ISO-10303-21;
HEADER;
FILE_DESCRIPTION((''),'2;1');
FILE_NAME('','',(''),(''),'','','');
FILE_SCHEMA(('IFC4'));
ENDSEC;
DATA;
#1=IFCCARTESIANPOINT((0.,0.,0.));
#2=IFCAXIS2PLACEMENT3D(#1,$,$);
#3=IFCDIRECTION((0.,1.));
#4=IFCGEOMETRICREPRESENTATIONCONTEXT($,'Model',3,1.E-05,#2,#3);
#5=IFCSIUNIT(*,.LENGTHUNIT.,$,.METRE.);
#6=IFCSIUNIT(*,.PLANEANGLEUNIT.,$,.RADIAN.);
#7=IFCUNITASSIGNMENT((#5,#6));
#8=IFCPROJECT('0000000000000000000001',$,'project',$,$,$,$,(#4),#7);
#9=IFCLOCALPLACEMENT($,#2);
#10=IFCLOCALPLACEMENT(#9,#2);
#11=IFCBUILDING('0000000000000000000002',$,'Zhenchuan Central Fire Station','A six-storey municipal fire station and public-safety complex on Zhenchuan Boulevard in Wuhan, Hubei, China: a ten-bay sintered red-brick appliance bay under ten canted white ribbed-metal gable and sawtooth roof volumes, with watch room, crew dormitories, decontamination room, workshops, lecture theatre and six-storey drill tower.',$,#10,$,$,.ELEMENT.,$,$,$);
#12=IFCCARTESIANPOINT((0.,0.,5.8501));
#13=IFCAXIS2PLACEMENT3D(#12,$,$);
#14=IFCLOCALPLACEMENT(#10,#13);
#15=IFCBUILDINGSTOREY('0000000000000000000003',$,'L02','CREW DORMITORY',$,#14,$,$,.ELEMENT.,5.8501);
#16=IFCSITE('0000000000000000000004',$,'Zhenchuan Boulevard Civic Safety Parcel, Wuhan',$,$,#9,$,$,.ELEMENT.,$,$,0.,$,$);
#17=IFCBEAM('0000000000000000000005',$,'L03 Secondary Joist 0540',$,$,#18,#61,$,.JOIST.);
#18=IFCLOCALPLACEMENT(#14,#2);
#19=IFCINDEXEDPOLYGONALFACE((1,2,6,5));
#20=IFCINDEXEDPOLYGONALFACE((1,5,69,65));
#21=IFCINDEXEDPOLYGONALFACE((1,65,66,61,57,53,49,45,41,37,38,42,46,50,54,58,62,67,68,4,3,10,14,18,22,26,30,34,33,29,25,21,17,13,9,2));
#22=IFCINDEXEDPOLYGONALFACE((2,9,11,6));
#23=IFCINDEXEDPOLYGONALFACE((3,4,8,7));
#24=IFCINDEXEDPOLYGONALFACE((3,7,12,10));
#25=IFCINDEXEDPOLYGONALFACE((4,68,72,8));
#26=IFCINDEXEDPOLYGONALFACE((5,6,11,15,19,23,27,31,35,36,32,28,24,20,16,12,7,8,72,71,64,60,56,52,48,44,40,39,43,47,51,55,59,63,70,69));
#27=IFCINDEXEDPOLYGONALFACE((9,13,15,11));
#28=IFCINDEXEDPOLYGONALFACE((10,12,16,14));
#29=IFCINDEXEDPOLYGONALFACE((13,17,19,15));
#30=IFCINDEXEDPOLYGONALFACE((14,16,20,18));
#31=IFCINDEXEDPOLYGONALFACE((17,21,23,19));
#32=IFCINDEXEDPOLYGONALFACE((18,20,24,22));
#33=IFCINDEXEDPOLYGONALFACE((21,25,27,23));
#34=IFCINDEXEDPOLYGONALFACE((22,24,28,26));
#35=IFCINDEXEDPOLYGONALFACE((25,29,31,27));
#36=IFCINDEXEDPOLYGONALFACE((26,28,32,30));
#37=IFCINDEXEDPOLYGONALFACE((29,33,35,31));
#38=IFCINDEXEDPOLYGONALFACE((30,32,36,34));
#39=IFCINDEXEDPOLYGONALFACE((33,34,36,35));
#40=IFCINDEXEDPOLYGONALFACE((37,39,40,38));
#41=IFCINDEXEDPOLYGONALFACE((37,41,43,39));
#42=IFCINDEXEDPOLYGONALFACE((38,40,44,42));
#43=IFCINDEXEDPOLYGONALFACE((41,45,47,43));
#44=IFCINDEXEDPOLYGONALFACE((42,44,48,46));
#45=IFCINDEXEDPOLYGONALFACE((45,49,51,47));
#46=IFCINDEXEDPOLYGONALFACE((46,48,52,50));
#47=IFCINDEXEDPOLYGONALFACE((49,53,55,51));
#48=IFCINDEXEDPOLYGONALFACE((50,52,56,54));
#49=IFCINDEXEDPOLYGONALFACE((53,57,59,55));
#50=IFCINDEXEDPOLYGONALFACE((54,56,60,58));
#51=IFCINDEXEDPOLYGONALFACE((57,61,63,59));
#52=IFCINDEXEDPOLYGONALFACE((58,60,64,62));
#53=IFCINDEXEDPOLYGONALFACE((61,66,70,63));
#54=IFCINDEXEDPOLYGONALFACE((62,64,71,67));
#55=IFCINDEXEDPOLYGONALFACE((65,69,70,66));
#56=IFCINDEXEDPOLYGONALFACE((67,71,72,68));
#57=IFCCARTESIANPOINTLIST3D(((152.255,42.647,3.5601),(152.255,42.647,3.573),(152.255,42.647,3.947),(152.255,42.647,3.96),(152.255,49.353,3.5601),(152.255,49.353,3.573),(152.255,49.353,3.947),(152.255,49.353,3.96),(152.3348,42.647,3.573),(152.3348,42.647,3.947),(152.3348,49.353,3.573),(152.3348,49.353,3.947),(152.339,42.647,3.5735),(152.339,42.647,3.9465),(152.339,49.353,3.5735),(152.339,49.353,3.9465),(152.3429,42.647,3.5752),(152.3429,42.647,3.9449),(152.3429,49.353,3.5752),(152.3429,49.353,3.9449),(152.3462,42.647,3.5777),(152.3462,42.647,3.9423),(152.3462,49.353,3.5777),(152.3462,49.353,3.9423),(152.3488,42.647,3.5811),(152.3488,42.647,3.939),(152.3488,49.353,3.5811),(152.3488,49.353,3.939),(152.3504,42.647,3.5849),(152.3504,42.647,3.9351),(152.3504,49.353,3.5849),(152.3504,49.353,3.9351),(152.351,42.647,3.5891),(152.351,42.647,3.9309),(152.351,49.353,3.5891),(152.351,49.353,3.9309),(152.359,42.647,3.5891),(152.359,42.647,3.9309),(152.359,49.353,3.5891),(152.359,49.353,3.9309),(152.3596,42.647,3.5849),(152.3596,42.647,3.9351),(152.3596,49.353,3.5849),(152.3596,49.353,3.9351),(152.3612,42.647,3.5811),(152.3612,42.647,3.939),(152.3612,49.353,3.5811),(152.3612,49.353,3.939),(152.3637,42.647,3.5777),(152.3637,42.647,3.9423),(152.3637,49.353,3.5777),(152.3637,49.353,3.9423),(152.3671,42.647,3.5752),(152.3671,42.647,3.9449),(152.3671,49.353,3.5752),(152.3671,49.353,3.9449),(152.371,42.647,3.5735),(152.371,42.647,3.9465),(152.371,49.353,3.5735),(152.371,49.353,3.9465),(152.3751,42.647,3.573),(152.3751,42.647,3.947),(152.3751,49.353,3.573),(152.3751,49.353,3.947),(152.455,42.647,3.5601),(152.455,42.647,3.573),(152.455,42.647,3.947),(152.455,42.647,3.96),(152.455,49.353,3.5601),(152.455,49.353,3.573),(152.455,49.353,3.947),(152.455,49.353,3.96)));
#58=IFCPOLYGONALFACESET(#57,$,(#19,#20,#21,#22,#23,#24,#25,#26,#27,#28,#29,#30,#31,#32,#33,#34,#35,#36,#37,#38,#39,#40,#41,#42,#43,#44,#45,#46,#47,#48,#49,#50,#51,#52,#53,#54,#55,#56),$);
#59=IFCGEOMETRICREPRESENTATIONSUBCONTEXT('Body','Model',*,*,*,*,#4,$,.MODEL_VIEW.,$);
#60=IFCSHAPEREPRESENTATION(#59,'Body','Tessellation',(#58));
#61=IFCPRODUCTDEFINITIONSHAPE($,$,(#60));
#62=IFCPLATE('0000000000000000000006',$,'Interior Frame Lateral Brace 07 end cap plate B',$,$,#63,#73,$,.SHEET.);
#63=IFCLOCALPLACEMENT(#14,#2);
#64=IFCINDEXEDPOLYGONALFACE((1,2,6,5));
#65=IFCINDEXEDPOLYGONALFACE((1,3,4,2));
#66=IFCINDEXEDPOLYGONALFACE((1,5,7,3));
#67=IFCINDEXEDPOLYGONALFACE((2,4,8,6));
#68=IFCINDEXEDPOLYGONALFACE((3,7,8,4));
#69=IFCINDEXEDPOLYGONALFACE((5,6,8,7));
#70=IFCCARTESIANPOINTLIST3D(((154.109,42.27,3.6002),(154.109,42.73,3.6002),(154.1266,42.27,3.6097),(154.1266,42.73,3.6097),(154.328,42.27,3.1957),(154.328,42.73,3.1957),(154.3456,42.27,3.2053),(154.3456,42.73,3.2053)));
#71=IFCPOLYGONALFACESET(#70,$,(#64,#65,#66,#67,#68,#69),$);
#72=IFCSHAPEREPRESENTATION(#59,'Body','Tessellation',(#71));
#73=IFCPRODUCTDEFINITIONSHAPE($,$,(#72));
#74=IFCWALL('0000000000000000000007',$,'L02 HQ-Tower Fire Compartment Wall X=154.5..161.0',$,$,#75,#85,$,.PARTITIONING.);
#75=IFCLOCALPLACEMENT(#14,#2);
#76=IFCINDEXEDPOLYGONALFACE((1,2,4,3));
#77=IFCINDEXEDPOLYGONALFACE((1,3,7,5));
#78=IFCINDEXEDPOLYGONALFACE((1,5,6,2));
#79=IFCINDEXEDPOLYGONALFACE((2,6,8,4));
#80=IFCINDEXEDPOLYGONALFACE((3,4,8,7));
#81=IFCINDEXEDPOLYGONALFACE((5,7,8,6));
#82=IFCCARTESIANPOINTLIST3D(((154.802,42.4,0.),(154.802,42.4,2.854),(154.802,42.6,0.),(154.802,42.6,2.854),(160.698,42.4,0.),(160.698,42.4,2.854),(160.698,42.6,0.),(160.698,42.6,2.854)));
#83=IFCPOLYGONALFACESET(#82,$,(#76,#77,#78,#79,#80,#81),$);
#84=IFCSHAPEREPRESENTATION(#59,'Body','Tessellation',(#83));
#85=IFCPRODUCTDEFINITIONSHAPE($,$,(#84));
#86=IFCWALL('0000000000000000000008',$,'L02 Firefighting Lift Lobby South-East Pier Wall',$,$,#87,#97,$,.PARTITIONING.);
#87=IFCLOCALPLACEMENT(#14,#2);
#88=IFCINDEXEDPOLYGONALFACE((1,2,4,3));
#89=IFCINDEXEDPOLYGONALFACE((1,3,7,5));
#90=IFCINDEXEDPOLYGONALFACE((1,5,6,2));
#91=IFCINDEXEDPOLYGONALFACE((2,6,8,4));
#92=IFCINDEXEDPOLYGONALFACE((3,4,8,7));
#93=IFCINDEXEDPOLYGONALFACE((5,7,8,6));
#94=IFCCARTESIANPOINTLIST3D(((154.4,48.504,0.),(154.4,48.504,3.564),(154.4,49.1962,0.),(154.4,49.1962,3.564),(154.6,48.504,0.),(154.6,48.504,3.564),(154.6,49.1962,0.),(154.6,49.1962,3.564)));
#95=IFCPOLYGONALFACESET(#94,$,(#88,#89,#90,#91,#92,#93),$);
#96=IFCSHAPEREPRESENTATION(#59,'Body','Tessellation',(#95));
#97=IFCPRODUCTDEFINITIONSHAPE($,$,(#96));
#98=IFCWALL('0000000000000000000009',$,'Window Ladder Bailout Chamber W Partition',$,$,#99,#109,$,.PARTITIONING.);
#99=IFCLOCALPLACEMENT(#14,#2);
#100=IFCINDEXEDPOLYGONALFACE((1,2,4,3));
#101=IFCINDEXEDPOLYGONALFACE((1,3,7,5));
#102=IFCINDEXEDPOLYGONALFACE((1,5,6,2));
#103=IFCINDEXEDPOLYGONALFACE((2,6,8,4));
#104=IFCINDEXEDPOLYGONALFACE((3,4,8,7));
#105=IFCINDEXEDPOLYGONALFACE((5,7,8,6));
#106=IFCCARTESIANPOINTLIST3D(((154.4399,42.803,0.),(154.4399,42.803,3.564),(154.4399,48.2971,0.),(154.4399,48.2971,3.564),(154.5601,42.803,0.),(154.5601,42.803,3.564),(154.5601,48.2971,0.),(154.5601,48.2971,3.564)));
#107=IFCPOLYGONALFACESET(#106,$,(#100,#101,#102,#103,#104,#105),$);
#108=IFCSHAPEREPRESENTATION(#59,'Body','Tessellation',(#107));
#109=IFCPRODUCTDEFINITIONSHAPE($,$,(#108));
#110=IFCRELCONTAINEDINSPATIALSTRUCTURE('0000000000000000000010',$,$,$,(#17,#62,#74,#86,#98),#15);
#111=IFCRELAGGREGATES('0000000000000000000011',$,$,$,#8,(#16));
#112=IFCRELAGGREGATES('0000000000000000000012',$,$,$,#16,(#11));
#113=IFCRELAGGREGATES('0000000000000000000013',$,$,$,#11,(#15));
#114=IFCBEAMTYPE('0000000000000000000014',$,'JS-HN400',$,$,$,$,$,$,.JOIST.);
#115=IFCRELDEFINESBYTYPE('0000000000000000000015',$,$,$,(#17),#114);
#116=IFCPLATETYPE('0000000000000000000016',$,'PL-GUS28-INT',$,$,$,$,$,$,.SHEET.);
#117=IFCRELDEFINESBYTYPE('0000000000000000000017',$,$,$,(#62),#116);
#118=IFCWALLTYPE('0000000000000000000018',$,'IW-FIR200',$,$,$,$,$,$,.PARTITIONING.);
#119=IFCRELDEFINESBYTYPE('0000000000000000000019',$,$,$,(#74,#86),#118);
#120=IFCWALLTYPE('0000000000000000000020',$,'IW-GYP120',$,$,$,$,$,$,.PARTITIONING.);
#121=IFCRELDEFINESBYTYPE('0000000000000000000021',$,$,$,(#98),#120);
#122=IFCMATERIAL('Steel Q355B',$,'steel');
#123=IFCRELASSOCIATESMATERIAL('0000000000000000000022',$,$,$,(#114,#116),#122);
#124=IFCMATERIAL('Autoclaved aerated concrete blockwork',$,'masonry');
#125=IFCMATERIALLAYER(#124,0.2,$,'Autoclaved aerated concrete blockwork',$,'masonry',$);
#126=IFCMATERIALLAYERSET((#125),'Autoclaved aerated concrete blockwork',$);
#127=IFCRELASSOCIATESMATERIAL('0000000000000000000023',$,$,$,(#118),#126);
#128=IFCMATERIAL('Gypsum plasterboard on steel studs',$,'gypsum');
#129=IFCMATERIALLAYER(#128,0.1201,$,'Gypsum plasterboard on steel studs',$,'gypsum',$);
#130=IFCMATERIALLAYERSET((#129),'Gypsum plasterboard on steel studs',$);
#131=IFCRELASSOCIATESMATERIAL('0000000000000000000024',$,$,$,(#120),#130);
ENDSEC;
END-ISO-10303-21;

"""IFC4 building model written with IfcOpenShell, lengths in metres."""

from ifc_helpers import new_model, si_unit, direction, frame, frame_2d, origin, origin_2d, place, context, subcontext, project, spatial, rectangle, i_section, extrude, material, layer, layer_set, material_profile, profile_set, type_object, element, save


model = new_model("IFC4")

# Units and contexts
model_context = context("Model", 3, precision=1e-05, world=origin(), true_north=direction((0.0, 1.0)))
body_context = subcontext(model_context, "Body", "Model", "MODEL_VIEW")
ifc_project = project(units=[si_unit("LENGTHUNIT", "METRE"), si_unit("PLANEANGLEUNIT", "RADIAN")], contexts=[model_context])

# Site, building, storey
site_placement = place(None, origin())
site = spatial("IfcSite", under=ifc_project, at=site_placement, Name="Zhenchuan Boulevard Civic Safety Parcel, Wuhan", CompositionType="ELEMENT", RefElevation=0.0)
building_placement = place(site_placement, origin())
building = spatial("IfcBuilding", under=site, at=building_placement, Name="Zhenchuan Central Fire Station", Description="A six-storey municipal fire station and public-safety complex on Zhenchuan Boulevard in Wuhan, Hubei, China: a ten-bay sintered red-brick appliance bay under ten canted white ribbed-metal gable and sawtooth roof volumes, with watch room, crew dormitories, decontamination room, workshops, lecture theatre and six-storey drill tower.", CompositionType="ELEMENT")
storey_placement = place(building_placement, frame((0.0, 0.0, 5.8501)))
storey = spatial("IfcBuildingStorey", under=building, at=storey_placement, Name="L02", Description="CREW DORMITORY", CompositionType="ELEMENT", Elevation=5.8501)

# Beam
ifc_material_1 = material(Name="Steel Q355B", Category="steel")
ifc_material_profile_1 = material_profile(ifc_material_1, i_section(OverallWidth=0.2, OverallDepth=0.3999, WebThickness=0.0081, FlangeThickness=0.0129, FilletRadius=0.0161, at=origin_2d()), Name="HN 400x200")
ifc_profile_set_1 = profile_set([ifc_material_profile_1], Name="Steel Q355B")
beam_type_1 = type_object("IfcBeamType", Name="JS-HN400", PredefinedType="JOIST", material=ifc_profile_set_1)
beam_1_placement = place(storey_placement, frame((152.355, 42.647, 3.76), z_axis=(0.0, 1.0, 0.0), x_axis=(-1.0, 0.0, 0.0)))
element("IfcBeam", 1, at=beam_1_placement, inside=storey, type_object=beam_type_1, Name="L03 Secondary Joist 0540", PredefinedType="JOIST", context=body_context, shape_type="SweptSolid", body=[
    extrude(i_section(OverallWidth=0.2, OverallDepth=0.3999, WebThickness=0.0081, FlangeThickness=0.0129, FilletRadius=0.0161, at=origin_2d()), origin(), (0.0, 0.0, 1.0), 6.7061),
])

# Plate
ifc_material_profile_2 = material_profile(ifc_material_1, rectangle(XDim=0.46, YDim=0.46, at=origin_2d()), Name="PL 460x460x28")
ifc_profile_set_2 = profile_set([ifc_material_profile_2], Name="Steel Q355B")
plate_type = type_object("IfcPlateType", Name="PL-GUS28-INT", PredefinedType="SHEET", material=ifc_profile_set_2)
plate_placement = place(storey_placement, frame((154.2185, 42.5, 3.3979), z_axis=(0.879292, 0.0, 0.476283), x_axis=(0.0, 1.0, 0.0)))
element("IfcPlate", 2, at=plate_placement, inside=storey, type_object=plate_type, Name="Interior Frame Lateral Brace 07 end cap plate B", PredefinedType="SHEET", context=body_context, shape_type="SweptSolid", body=[
    extrude(rectangle(XDim=0.46, YDim=0.46, at=origin_2d()), origin(), (0.0, 0.0, 1.0), 0.02),
])

# Walls
ifc_material_2 = material(Name="Autoclaved aerated concrete blockwork", Category="masonry")
ifc_layer_1 = layer(ifc_material_2, 0.2, Name="Autoclaved aerated concrete blockwork", Category="masonry")
ifc_layer_set_1 = layer_set([ifc_layer_1], Name="Autoclaved aerated concrete blockwork")
wall_type_1 = type_object("IfcWallType", Name="IW-FIR200", PredefinedType="PARTITIONING", material=ifc_layer_set_1)
wall_1_placement = place(storey_placement, frame((154.802, 42.5, 0.0), z_axis=(0.0, 0.0, 1.0), x_axis=(1.0, 0.0, 0.0)))
element("IfcWall", 3, at=wall_1_placement, inside=storey, type_object=wall_type_1, Name="L02 HQ-Tower Fire Compartment Wall X=154.5..161.0", PredefinedType="PARTITIONING", context=body_context, shape_type="SweptSolid", body=[
    extrude(rectangle(XDim=5.896, YDim=0.2, at=frame_2d((2.948, 0.0))), origin(), (0.0, 0.0, 1.0), 2.854),
])
wall_2_placement = place(storey_placement, frame((154.5, 48.5039, 0.0), z_axis=(0.0, 0.0, 1.0), x_axis=(0.0, 1.0, 0.0)))
element("IfcWall", 4, at=wall_2_placement, inside=storey, type_object=wall_type_1, Name="L02 Firefighting Lift Lobby South-East Pier Wall", PredefinedType="PARTITIONING", context=body_context, shape_type="SweptSolid", body=[
    extrude(rectangle(XDim=0.6921, YDim=0.2, at=frame_2d((0.3462, 0.0))), origin(), (0.0, 0.0, 1.0), 3.564),
])
ifc_material_3 = material(Name="Gypsum plasterboard on steel studs", Category="gypsum")
ifc_layer_2 = layer(ifc_material_3, 0.1201, Name="Gypsum plasterboard on steel studs", Category="gypsum")
ifc_layer_set_2 = layer_set([ifc_layer_2], Name="Gypsum plasterboard on steel studs")
wall_type_2 = type_object("IfcWallType", Name="IW-GYP120", PredefinedType="PARTITIONING", material=ifc_layer_set_2)
wall_3_placement = place(storey_placement, frame((154.5, 42.803, 0.0), z_axis=(0.0, 0.0, 1.0), x_axis=(0.0, 1.0, 0.0)))
element("IfcWall", 5, at=wall_3_placement, inside=storey, type_object=wall_type_2, Name="Window Ladder Bailout Chamber W Partition", PredefinedType="PARTITIONING", context=body_context, shape_type="SweptSolid", body=[
    extrude(rectangle(XDim=5.4941, YDim=0.1201, at=frame_2d((2.7471, 0.0))), origin(), (0.0, 0.0, 1.0), 3.564),
])

save(model, "model.ifc")
